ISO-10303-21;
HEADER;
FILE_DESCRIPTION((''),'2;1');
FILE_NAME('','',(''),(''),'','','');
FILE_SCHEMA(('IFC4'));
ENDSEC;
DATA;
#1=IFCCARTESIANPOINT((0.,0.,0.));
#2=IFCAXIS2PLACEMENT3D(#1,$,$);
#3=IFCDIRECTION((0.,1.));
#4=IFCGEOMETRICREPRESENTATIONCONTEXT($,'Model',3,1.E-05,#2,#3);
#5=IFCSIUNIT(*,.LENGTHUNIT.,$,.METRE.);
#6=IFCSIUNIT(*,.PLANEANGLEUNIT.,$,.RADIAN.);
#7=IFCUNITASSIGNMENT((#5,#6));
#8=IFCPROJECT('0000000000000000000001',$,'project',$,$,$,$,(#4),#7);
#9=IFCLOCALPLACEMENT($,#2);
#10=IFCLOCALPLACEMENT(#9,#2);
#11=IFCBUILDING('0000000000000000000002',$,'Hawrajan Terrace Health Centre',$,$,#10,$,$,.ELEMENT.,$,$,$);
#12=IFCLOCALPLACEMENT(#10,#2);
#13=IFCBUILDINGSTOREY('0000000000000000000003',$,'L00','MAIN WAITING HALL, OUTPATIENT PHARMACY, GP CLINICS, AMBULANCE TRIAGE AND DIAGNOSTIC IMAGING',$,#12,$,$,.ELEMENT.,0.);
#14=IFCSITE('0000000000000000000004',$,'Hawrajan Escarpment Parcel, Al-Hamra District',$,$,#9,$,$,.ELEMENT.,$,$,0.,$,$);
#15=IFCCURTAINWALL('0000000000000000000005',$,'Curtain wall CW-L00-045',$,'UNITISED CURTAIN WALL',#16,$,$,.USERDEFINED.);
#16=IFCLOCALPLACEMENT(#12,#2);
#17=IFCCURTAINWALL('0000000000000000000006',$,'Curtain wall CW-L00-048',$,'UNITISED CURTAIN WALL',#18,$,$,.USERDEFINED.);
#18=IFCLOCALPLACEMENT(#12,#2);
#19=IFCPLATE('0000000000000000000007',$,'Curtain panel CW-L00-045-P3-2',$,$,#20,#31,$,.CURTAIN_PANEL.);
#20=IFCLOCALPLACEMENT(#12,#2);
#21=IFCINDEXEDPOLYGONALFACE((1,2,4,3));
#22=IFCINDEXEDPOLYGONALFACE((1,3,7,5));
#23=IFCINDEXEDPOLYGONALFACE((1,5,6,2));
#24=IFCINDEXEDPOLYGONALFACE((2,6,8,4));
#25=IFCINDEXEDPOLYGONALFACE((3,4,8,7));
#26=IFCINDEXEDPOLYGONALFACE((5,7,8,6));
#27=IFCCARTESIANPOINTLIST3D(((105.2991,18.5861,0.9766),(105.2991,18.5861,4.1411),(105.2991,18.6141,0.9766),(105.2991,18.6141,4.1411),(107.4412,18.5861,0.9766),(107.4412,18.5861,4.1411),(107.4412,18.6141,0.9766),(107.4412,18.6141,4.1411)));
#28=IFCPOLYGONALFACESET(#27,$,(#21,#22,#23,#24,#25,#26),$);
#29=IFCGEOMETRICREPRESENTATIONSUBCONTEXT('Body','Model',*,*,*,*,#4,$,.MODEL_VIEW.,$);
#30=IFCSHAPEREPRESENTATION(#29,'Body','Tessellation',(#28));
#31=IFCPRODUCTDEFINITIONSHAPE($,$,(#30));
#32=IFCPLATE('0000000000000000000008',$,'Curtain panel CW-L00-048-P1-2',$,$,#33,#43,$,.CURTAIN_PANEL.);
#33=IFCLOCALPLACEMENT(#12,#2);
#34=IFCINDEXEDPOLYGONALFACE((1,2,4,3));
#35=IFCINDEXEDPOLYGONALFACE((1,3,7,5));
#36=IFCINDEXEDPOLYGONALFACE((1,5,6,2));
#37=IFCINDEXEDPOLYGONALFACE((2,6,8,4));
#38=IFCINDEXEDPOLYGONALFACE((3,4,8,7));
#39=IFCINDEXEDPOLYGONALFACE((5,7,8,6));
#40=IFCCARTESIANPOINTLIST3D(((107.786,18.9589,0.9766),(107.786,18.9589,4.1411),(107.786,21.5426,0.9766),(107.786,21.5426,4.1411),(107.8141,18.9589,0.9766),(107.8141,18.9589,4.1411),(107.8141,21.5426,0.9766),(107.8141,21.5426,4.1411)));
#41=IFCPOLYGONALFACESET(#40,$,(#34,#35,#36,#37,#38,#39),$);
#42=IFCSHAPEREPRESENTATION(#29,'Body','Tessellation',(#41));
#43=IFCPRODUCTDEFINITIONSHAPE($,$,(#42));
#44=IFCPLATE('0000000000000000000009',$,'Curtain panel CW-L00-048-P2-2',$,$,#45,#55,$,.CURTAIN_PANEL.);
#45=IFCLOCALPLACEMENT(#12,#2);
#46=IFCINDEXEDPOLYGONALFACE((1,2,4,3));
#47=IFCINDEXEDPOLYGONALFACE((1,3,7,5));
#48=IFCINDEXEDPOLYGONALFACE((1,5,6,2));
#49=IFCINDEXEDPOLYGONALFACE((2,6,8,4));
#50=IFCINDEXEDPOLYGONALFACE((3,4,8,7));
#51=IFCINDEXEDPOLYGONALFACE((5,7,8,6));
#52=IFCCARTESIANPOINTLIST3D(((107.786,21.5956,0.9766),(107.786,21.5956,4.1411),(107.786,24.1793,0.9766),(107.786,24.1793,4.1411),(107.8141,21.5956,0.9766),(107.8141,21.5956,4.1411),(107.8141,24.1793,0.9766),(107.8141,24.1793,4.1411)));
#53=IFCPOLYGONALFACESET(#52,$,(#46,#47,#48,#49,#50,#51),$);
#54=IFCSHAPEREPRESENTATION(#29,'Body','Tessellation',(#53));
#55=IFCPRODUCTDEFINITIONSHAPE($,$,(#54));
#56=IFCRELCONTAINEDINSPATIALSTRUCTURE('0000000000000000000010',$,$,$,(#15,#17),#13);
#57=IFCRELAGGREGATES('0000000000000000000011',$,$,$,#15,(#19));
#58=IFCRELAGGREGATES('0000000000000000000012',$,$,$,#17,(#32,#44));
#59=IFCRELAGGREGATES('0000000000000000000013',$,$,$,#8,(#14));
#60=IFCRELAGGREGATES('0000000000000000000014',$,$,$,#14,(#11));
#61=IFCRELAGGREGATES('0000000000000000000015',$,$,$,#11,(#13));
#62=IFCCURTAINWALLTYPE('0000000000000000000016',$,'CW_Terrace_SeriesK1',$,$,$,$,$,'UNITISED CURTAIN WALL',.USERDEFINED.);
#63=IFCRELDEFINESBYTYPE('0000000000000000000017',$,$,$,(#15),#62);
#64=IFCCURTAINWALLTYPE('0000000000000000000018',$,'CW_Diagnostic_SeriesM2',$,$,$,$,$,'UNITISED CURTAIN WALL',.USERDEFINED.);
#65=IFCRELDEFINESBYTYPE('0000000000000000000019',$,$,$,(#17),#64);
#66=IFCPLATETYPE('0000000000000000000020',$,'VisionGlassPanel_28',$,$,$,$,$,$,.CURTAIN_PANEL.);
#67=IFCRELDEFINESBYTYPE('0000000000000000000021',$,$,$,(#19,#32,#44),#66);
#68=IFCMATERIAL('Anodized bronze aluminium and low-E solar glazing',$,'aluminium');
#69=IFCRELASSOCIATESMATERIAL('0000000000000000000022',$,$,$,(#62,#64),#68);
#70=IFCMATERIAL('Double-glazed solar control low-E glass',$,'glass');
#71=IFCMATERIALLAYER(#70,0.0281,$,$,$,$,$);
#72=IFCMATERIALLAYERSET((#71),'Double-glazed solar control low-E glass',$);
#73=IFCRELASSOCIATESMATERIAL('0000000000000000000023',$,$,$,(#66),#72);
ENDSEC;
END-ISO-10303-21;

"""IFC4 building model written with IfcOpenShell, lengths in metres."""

from ifc_helpers import new_model, si_unit, direction, frame, origin, origin_2d, place, context, subcontext, project, spatial, rectangle, extrude, material, layer, layer_set, type_object, element, aggregate, save


model = new_model("IFC4")

# Units and contexts
model_context = context("Model", 3, precision=1e-05, world=origin(), true_north=direction((0.0, 1.0)))
body_context = subcontext(model_context, "Body", "Model", "MODEL_VIEW")
ifc_project = project(units=[si_unit("LENGTHUNIT", "METRE"), si_unit("PLANEANGLEUNIT", "RADIAN")], contexts=[model_context])

# Site, building, storey
site_placement = place(None, origin())
site = spatial("IfcSite", under=ifc_project, at=site_placement, Name="Hawrajan Escarpment Parcel, Al-Hamra District", CompositionType="ELEMENT", RefElevation=0.0)
building_placement = place(site_placement, origin())
building = spatial("IfcBuilding", under=site, at=building_placement, Name="Hawrajan Terrace Health Centre", CompositionType="ELEMENT")
storey_placement = place(building_placement, origin())
storey = spatial("IfcBuildingStorey", under=building, at=storey_placement, Name="L00", Description="MAIN WAITING HALL, OUTPATIENT PHARMACY, GP CLINICS, AMBULANCE TRIAGE AND DIAGNOSTIC IMAGING", CompositionType="ELEMENT", Elevation=0.0)

# Curtain wall
ifc_material_1 = material(Name="Anodized bronze aluminium and low-E solar glazing", Category="aluminium")
curtain_wall_type_1 = type_object("IfcCurtainWallType", Name="CW_Terrace_SeriesK1", ElementType="UNITISED CURTAIN WALL", PredefinedType="USERDEFINED", material=ifc_material_1)
curtain_wall_1_placement = place(storey_placement, origin())
curtain_wall_1 = element("IfcCurtainWall", 1, at=curtain_wall_1_placement, inside=storey, type_object=curtain_wall_type_1, Name="Curtain wall CW-L00-045", ObjectType="UNITISED CURTAIN WALL", PredefinedType="USERDEFINED")

# Curtain wall
curtain_wall_type_2 = type_object("IfcCurtainWallType", Name="CW_Diagnostic_SeriesM2", ElementType="UNITISED CURTAIN WALL", PredefinedType="USERDEFINED", material=ifc_material_1)
curtain_wall_2_placement = place(storey_placement, origin())
curtain_wall_2 = element("IfcCurtainWall", 2, at=curtain_wall_2_placement, inside=storey, type_object=curtain_wall_type_2, Name="Curtain wall CW-L00-048", ObjectType="UNITISED CURTAIN WALL", PredefinedType="USERDEFINED")

# Plates
ifc_material_2 = material(Name="Double-glazed solar control low-E glass", Category="glass")
ifc_layer_1 = layer(ifc_material_2, 0.0281)
ifc_layer_set_1 = layer_set([ifc_layer_1], Name="Double-glazed solar control low-E glass")
plate_type_1 = type_object("IfcPlateType", Name="VisionGlassPanel_28", PredefinedType="CURTAIN_PANEL", material=ifc_layer_set_1)
plate_1_placement = place(storey_placement, frame((106.3701, 18.6001, 0.9766), z_axis=(0.0, 0.0, 1.0), x_axis=(1.0, 0.0, 0.0)))
plate_1 = element("IfcPlate", 3, at=plate_1_placement, type_object=plate_type_1, Name="Curtain panel CW-L00-045-P3-2", PredefinedType="CURTAIN_PANEL", context=body_context, shape_type="SweptSolid", body=[
    extrude(rectangle(XDim=2.1421, YDim=0.0281, at=origin_2d()), origin(), (0.0, 0.0, 1.0), 3.1646),
])
aggregate(curtain_wall_1, [plate_1])
plate_2_placement = place(storey_placement, frame((107.8, 20.2507, 0.9766), z_axis=(0.0, 0.0, 1.0), x_axis=(0.0, 1.0, 0.0)))
plate_2 = element("IfcPlate", 4, at=plate_2_placement, type_object=plate_type_1, Name="Curtain panel CW-L00-048-P1-2", PredefinedType="CURTAIN_PANEL", context=body_context, shape_type="SweptSolid", body=[
    extrude(rectangle(XDim=2.5837, YDim=0.0281, at=origin_2d()), origin(), (0.0, 0.0, 1.0), 3.1646),
])
plate_3_placement = place(storey_placement, frame((107.8, 22.8875, 0.9766), z_axis=(0.0, 0.0, 1.0), x_axis=(0.0, 1.0, 0.0)))
plate_3 = element("IfcPlate", 5, at=plate_3_placement, type_object=plate_type_1, Name="Curtain panel CW-L00-048-P2-2", PredefinedType="CURTAIN_PANEL", context=body_context, shape_type="SweptSolid", body=[
    extrude(rectangle(XDim=2.5837, YDim=0.0281, at=origin_2d()), origin(), (0.0, 0.0, 1.0), 3.1646),
])
aggregate(curtain_wall_2, [plate_2, plate_3])

save(model, "model.ifc")
